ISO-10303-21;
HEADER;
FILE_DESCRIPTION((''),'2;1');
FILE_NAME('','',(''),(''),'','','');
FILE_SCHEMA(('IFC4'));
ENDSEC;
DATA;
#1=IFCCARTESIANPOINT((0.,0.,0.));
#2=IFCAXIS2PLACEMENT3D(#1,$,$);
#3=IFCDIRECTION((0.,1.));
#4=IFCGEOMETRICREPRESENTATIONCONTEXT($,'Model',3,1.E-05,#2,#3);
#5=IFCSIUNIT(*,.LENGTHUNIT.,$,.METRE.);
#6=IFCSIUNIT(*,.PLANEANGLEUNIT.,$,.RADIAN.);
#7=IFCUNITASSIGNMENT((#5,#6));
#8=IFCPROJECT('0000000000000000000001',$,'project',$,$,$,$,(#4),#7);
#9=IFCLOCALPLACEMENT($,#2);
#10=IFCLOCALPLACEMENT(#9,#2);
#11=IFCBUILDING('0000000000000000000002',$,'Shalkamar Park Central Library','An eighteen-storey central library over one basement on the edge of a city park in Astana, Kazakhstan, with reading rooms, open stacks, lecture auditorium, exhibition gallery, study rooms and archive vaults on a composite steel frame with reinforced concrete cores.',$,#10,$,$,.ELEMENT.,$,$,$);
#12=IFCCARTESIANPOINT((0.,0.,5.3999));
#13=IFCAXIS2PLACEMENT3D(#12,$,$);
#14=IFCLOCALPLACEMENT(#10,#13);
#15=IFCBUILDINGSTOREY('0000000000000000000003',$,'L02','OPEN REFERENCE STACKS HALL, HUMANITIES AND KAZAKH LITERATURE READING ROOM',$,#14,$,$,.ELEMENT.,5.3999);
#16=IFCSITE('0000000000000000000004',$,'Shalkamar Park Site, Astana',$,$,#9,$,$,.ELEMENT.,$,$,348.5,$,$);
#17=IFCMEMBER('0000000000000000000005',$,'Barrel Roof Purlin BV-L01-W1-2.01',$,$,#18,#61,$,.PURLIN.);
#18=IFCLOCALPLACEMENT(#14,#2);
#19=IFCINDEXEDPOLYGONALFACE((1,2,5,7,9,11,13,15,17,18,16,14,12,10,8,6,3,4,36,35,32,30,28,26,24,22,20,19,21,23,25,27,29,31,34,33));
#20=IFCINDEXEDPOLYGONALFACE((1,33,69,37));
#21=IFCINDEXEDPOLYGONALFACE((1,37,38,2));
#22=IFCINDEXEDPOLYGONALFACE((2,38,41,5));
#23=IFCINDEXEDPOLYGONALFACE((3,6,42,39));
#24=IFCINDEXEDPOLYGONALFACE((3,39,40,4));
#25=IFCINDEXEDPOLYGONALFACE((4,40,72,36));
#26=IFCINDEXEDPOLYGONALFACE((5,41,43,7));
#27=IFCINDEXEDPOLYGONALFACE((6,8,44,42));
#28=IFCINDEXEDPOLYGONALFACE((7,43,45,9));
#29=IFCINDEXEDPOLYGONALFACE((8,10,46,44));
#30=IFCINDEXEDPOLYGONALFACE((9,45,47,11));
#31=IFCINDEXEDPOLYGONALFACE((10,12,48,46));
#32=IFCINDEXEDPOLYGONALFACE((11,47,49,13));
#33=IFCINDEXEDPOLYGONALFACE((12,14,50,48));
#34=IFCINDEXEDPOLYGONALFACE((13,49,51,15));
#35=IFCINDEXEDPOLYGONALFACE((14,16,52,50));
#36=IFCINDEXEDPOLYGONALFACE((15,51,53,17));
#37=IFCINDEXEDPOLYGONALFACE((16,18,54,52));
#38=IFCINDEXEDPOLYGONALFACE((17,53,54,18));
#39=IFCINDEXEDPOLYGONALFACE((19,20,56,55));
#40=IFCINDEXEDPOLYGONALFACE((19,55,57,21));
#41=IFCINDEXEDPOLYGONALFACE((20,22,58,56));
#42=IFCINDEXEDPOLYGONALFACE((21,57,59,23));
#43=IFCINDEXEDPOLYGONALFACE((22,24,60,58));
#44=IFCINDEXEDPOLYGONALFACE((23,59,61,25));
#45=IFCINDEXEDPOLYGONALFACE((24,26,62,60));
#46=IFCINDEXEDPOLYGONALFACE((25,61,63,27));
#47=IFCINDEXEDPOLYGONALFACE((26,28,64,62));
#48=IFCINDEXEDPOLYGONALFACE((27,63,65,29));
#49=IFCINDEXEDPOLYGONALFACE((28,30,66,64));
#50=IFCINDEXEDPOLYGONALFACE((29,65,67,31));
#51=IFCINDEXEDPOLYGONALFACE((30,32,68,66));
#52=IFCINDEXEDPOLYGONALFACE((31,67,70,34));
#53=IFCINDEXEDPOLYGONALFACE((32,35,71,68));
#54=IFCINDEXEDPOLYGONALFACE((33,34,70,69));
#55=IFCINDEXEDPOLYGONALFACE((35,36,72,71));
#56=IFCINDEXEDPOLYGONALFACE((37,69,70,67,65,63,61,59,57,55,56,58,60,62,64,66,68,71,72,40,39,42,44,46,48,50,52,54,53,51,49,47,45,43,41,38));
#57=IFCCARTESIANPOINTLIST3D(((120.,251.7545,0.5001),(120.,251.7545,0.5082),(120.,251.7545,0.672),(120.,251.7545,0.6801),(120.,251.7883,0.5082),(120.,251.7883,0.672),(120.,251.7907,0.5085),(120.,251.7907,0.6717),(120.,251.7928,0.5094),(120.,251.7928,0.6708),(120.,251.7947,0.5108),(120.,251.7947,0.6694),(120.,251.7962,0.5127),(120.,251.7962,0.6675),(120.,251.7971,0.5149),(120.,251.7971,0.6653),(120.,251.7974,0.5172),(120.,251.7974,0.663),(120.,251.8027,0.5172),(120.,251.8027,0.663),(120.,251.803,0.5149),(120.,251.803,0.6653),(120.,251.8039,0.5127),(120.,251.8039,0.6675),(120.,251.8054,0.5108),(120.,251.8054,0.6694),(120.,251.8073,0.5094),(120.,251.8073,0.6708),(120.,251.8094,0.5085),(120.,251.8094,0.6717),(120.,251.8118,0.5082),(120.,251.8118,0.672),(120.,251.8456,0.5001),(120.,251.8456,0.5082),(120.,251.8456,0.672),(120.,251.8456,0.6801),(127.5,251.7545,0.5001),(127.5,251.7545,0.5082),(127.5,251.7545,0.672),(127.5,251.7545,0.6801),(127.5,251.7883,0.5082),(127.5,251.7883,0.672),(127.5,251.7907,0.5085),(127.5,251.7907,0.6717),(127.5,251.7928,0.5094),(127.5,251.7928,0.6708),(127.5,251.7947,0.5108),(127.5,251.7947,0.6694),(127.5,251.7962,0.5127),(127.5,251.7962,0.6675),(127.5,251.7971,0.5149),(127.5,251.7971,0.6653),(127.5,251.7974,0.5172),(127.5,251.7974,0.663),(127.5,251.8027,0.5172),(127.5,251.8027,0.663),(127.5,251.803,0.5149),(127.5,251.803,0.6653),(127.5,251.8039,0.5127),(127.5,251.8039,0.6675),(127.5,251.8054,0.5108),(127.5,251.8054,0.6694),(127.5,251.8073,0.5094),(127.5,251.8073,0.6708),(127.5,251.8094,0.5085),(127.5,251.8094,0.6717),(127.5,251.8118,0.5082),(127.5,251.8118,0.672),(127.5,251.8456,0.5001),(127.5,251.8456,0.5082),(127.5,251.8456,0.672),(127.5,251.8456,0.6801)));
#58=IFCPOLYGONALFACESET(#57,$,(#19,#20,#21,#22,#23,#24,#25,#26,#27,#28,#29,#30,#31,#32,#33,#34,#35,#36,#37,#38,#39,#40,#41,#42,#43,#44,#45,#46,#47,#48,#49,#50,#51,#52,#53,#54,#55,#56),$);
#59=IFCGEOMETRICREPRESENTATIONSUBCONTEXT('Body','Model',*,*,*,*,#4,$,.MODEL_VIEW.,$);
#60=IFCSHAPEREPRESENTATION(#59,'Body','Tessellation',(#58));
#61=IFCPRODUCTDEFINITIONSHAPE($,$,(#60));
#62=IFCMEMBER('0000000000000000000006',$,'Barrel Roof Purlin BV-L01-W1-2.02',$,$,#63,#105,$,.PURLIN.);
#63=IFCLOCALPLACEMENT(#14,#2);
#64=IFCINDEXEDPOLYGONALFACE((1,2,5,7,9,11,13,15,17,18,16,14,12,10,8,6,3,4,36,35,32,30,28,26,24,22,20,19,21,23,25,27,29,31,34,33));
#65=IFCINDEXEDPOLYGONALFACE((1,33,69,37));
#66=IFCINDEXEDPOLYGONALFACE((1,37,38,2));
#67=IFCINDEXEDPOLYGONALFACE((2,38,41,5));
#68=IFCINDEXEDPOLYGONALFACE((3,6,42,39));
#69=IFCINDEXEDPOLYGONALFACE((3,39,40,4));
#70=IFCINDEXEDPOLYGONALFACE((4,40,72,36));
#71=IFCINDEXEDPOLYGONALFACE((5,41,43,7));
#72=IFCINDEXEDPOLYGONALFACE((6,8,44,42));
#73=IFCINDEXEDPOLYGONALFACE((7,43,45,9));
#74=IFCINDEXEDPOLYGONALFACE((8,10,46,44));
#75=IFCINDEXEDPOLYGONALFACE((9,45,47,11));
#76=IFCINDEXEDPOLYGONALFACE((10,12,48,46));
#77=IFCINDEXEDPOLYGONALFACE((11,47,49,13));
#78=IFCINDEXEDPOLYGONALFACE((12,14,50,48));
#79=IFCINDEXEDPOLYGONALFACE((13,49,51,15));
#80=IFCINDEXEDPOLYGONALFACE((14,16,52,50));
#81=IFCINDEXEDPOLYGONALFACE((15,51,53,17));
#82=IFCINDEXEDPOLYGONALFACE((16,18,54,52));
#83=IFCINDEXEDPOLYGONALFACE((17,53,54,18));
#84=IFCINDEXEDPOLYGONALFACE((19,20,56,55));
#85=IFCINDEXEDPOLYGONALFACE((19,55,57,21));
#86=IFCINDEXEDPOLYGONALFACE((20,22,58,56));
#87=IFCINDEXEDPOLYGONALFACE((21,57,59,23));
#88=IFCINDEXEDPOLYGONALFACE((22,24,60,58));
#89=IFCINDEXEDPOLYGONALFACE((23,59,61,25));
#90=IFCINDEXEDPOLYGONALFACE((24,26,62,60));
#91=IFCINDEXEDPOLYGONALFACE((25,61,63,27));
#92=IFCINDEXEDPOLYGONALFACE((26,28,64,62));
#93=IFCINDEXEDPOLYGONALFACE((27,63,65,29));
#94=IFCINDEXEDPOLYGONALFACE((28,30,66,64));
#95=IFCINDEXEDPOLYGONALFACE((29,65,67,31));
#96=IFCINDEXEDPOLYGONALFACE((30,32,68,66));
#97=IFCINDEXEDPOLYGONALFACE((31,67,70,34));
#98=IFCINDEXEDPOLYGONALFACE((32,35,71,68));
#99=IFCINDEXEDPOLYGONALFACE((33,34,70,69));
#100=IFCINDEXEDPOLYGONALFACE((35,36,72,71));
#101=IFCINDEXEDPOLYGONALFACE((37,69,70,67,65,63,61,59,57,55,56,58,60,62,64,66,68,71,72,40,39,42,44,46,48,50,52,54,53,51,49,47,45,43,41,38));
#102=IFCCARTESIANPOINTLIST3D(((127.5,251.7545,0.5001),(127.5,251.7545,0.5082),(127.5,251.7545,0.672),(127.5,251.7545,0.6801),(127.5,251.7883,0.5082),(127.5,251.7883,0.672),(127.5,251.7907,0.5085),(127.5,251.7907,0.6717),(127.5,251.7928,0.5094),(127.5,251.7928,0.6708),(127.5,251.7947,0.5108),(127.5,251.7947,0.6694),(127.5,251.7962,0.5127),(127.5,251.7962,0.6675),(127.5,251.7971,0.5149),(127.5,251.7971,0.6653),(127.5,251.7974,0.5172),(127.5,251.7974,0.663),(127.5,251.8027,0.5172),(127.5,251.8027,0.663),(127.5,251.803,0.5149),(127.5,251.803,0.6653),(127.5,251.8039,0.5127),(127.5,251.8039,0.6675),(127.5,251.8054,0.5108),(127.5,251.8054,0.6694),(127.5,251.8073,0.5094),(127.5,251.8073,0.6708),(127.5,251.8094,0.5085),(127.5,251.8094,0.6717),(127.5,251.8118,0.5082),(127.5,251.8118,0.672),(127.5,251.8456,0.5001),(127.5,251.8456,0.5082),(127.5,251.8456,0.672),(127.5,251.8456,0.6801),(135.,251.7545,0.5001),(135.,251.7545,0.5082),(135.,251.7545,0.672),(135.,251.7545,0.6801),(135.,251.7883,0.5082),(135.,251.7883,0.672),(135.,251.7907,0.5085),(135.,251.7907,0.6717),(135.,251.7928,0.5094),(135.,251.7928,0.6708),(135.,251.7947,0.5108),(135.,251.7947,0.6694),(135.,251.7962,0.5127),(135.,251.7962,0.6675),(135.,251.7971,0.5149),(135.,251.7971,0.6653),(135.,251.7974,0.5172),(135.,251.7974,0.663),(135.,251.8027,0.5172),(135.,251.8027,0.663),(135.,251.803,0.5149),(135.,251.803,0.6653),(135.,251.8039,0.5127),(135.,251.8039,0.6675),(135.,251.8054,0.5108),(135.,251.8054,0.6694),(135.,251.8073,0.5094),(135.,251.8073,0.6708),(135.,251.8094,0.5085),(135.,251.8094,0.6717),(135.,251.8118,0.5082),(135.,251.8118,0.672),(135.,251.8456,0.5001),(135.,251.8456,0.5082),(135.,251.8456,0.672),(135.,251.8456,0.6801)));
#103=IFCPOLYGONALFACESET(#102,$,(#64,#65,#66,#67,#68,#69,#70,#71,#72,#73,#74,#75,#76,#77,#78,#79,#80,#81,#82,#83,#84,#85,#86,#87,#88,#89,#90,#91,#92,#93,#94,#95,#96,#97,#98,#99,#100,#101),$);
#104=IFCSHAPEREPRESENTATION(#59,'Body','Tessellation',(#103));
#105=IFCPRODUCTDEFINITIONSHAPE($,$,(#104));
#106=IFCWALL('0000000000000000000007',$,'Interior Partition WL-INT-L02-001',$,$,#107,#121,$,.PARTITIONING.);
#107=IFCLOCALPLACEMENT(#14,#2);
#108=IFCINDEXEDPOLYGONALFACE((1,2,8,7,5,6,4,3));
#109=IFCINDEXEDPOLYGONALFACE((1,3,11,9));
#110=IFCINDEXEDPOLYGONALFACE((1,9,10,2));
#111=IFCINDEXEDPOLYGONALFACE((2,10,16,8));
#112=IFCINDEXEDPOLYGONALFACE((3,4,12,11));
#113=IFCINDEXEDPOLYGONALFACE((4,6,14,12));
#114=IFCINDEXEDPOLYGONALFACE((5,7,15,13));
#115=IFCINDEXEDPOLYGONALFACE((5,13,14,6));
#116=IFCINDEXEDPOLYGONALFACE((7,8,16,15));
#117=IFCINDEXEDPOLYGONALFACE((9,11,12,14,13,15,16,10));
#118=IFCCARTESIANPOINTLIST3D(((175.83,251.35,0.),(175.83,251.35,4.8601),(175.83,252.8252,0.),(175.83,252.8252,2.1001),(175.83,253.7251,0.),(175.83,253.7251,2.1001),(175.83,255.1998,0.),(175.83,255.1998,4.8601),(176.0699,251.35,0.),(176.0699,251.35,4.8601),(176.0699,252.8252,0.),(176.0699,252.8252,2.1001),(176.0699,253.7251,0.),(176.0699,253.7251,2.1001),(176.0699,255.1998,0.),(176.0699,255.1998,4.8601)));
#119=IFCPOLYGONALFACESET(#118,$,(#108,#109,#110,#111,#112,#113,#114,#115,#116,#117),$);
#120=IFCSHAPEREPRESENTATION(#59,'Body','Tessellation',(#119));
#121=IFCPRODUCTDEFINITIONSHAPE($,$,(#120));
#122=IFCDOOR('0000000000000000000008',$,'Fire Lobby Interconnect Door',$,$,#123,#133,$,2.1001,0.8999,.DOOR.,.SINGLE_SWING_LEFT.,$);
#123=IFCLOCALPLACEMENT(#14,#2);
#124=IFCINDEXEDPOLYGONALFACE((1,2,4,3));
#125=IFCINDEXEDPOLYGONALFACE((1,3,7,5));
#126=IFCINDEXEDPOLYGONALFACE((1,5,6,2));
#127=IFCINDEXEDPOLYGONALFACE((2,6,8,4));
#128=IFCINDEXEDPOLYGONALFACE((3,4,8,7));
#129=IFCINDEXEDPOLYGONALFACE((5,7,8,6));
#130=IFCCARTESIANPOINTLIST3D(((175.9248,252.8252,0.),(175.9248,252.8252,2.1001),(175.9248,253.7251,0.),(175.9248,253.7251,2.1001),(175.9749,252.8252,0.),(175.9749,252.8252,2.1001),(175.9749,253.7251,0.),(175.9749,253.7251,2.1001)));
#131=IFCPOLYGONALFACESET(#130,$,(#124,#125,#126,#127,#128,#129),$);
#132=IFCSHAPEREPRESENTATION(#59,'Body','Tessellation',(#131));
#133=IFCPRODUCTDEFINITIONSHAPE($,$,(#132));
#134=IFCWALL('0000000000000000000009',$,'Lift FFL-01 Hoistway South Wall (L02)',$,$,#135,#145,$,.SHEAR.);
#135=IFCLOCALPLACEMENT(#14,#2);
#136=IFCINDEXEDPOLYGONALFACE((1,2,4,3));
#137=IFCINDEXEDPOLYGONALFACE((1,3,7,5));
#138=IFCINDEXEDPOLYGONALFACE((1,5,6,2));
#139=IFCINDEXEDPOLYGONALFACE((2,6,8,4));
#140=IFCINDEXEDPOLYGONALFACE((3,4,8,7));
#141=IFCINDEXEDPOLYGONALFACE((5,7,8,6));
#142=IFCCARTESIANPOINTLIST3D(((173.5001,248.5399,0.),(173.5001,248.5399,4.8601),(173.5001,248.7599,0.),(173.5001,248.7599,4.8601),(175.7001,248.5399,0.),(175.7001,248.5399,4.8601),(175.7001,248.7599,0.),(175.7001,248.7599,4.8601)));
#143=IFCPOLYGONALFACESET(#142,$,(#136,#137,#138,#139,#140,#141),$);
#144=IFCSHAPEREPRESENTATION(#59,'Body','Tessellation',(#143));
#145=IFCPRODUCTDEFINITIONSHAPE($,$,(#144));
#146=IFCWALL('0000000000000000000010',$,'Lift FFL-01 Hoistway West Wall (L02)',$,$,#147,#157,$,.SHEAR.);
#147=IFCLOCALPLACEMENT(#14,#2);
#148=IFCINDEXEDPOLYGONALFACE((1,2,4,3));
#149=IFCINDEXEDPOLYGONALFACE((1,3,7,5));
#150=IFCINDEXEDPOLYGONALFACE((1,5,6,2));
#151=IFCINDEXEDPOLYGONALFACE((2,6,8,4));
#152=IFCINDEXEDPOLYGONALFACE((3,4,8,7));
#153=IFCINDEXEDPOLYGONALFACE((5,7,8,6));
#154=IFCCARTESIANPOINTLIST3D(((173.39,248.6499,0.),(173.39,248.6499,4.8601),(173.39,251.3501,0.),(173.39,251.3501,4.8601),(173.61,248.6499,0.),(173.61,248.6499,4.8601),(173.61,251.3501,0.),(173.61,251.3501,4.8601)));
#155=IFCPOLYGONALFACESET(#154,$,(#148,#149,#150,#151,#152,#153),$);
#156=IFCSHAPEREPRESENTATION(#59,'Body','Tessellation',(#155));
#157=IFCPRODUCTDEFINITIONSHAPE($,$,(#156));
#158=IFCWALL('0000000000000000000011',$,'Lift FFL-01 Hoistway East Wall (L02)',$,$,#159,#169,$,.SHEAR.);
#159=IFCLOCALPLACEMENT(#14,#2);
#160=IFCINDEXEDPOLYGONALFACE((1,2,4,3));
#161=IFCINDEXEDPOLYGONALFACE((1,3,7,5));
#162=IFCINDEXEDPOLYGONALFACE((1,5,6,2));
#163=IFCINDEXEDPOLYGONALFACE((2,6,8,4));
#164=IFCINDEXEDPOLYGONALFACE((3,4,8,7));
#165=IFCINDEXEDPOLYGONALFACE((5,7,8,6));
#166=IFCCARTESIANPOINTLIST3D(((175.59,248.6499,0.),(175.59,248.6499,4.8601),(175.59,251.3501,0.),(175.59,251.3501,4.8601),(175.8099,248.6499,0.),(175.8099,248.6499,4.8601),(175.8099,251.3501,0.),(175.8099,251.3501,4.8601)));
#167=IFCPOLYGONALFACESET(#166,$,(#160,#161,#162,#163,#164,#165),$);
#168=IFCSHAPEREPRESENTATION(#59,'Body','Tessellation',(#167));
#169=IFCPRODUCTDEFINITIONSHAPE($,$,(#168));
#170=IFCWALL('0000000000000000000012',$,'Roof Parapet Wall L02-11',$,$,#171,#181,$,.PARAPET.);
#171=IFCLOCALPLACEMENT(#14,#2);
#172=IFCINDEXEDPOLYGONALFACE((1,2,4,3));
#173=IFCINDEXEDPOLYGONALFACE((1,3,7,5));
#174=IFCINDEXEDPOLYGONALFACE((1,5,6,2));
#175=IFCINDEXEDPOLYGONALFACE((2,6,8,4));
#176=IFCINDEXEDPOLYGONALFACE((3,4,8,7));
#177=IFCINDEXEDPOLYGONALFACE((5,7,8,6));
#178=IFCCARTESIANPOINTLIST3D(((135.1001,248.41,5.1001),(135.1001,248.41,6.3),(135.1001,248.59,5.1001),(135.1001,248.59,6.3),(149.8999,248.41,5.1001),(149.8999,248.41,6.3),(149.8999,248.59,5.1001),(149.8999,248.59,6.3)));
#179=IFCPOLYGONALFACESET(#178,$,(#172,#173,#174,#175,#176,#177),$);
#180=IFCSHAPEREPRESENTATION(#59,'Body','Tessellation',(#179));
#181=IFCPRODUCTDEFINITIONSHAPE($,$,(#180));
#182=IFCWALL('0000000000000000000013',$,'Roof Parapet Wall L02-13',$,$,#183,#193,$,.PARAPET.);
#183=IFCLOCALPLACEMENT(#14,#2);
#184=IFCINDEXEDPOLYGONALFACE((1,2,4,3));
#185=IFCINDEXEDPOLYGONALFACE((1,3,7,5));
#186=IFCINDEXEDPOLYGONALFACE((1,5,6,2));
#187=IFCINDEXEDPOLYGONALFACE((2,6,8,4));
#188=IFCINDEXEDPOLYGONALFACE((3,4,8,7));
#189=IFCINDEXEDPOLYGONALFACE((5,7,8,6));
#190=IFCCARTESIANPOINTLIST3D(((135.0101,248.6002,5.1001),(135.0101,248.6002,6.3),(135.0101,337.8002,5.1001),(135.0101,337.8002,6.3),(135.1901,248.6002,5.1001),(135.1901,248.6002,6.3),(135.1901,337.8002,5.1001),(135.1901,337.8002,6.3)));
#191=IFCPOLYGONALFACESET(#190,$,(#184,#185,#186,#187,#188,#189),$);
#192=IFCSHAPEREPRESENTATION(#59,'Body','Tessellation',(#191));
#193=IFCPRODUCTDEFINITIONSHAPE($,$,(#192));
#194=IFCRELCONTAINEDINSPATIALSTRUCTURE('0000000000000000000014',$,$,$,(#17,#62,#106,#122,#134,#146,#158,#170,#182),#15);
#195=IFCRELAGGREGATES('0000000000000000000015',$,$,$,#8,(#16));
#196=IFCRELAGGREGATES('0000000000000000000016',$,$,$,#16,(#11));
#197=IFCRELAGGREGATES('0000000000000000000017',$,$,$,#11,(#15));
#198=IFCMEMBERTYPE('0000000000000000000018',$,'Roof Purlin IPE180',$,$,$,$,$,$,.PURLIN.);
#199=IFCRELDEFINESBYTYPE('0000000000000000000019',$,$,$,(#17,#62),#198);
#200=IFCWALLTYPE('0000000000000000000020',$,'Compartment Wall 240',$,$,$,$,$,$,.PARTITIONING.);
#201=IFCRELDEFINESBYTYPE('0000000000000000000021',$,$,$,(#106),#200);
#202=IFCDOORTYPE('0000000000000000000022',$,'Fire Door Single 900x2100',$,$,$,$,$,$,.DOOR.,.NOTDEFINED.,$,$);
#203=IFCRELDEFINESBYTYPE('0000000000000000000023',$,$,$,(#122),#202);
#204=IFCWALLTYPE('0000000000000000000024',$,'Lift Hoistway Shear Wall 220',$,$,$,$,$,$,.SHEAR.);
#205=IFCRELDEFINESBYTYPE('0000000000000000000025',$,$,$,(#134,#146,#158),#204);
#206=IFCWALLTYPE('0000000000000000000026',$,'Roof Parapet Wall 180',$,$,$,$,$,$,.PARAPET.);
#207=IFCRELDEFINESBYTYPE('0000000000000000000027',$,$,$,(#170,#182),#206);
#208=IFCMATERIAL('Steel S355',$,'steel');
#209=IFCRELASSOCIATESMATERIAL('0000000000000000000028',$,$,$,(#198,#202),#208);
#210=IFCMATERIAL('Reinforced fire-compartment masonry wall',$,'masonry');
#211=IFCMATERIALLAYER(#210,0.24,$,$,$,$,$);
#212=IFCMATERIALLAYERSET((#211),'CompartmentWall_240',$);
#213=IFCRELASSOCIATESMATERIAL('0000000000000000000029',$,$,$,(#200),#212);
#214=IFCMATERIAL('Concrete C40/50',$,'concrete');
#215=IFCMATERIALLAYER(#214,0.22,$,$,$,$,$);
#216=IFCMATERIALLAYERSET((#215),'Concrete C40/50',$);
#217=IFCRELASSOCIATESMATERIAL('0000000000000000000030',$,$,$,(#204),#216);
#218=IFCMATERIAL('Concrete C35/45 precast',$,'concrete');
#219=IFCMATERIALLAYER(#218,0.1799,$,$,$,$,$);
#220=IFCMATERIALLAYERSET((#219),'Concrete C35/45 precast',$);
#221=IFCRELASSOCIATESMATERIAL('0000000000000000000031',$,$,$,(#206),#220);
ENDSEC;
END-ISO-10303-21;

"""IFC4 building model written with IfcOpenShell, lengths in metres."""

from ifc_helpers import new_model, si_unit, direction, frame, frame_2d, origin, origin_2d, place, context, subcontext, project, spatial, rectangle, i_section, extrude, material, layer, layer_set, material_profile, profile_set, type_object, element, fill, save


model = new_model("IFC4")

# Units and contexts
model_context = context("Model", 3, precision=1e-05, world=origin(), true_north=direction((0.0, 1.0)))
body_context = subcontext(model_context, "Body", "Model", "MODEL_VIEW")
ifc_project = project(units=[si_unit("LENGTHUNIT", "METRE"), si_unit("PLANEANGLEUNIT", "RADIAN")], contexts=[model_context])

# Site, building, storey
site_placement = place(None, origin())
site = spatial("IfcSite", under=ifc_project, at=site_placement, Name="Shalkamar Park Site, Astana", CompositionType="ELEMENT", RefElevation=348.5)
building_placement = place(site_placement, origin())
building = spatial("IfcBuilding", under=site, at=building_placement, Name="Shalkamar Park Central Library", Description="An eighteen-storey central library over one basement on the edge of a city park in Astana, Kazakhstan, with reading rooms, open stacks, lecture auditorium, exhibition gallery, study rooms and archive vaults on a composite steel frame with reinforced concrete cores.", CompositionType="ELEMENT")
storey_placement = place(building_placement, frame((0.0, 0.0, 5.3999)))
storey = spatial("IfcBuildingStorey", under=building, at=storey_placement, Name="L02", Description="OPEN REFERENCE STACKS HALL, HUMANITIES AND KAZAKH LITERATURE READING ROOM", CompositionType="ELEMENT", Elevation=5.3999)

# Shared definitions
ifc_material_1 = material(Name="Steel S355", Category="steel")

# Members
ifc_material_profile_1 = material_profile(ifc_material_1, i_section(OverallWidth=0.0911, OverallDepth=0.1799, WebThickness=0.0054, FlangeThickness=0.0081, FilletRadius=0.009, at=origin_2d()), Name="IPE 180")
ifc_profile_set_1 = profile_set([ifc_material_profile_1], Name="Steel S355")
member_type_1 = type_object("IfcMemberType", Name="Roof Purlin IPE180", PredefinedType="PURLIN", material=ifc_profile_set_1)
for number, where, z_axis, x_axis, name in (
    (1, (120.0, 251.8, 0.5901), (1.0, 0.0, 0.0), (0.0, 1.0, 0.0), "Barrel Roof Purlin BV-L01-W1-2.01"),
    (2, (127.5, 251.8, 0.5901), (1.0, 0.0, 0.0), (0.0, 1.0, 0.0), "Barrel Roof Purlin BV-L01-W1-2.02"),
):
    element("IfcMember", number, at=place(storey_placement, frame(where, z_axis=z_axis, x_axis=x_axis)), inside=storey, type_object=member_type_1, Name=name, PredefinedType="PURLIN", context=body_context, shape_type="SweptSolid", body=[
        extrude(i_section(OverallWidth=0.0911, OverallDepth=0.1799, WebThickness=0.0054, FlangeThickness=0.0081, FilletRadius=0.009, at=origin_2d()), origin(), (0.0, 0.0, 1.0), 7.5),
    ])

# Wall, opening, door
ifc_material_2 = material(Name="Reinforced fire-compartment masonry wall", Category="masonry")
ifc_layer_1 = layer(ifc_material_2, 0.24)
ifc_layer_set_1 = layer_set([ifc_layer_1], Name="CompartmentWall_240")
wall_type_1 = type_object("IfcWallType", Name="Compartment Wall 240", PredefinedType="PARTITIONING", material=ifc_layer_set_1)
wall_1_placement = place(storey_placement, frame((175.95, 251.3501, 0.0), z_axis=(0.0, 0.0, 1.0), x_axis=(0.0, 1.0, 0.0)))
wall_1 = element("IfcWall", 3, at=wall_1_placement, inside=storey, type_object=wall_type_1, Name="Interior Partition WL-INT-L02-001", PredefinedType="PARTITIONING", context=body_context, shape_type="SweptSolid", body=[
    extrude(rectangle(XDim=3.8499, YDim=0.24, at=frame_2d((1.9248, 0.0))), origin(), (0.0, 0.0, 1.0), 4.8601),
])
opening_1_placement = place(wall_1_placement, frame((1.4751, 0.0, 0.0)))
opening_1 = element("IfcOpeningElement", 4, at=opening_1_placement, cuts=wall_1, PredefinedType="OPENING", context=body_context, shape_type="SweptSolid", body=[
    extrude(rectangle(XDim=0.8999, YDim=2.1001, at=frame_2d((0.45, 1.05))), frame((0.0, 0.1348, 0.0), z_axis=(0.0, -1.0, 0.0), x_axis=(1.0, 0.0, 0.0)), (0.0, 0.0, 1.0), 0.2698),
])
door_type_1 = type_object("IfcDoorType", Name="Fire Door Single 900x2100", OperationType="NOTDEFINED", PredefinedType="DOOR", material=ifc_material_1)
door_1_placement = place(opening_1_placement, frame((0.8999, 0.0, 0.0), z_axis=(0.0, 0.0, 1.0), x_axis=(-1.0, 0.0, 0.0)))
door_1 = element("IfcDoor", 5, at=door_1_placement, inside=storey, type_object=door_type_1, Name="Fire Lobby Interconnect Door", OperationType="SINGLE_SWING_LEFT", OverallHeight=2.1001, OverallWidth=0.8999, PredefinedType="DOOR", context=body_context, shape_type="SweptSolid", body=[
    extrude(rectangle(XDim=0.8999, YDim=2.1001, at=frame_2d((0.45, 1.05))), frame((0.0, 0.0249, 0.0), z_axis=(0.0, -1.0, 0.0), x_axis=(1.0, 0.0, 0.0)), (0.0, 0.0, 1.0), 0.05),
])
fill(opening_1, door_1)

# Walls
ifc_material_3 = material(Name="Concrete C40/50", Category="concrete")
ifc_layer_2 = layer(ifc_material_3, 0.22)
ifc_layer_set_2 = layer_set([ifc_layer_2], Name="Concrete C40/50")
wall_type_2 = type_object("IfcWallType", Name="Lift Hoistway Shear Wall 220", PredefinedType="SHEAR", material=ifc_layer_set_2)
wall_2_placement = place(storey_placement, frame((173.5, 248.6499, 0.0), z_axis=(0.0, 0.0, 1.0), x_axis=(1.0, 0.0, 0.0)))
element("IfcWall", 6, at=wall_2_placement, inside=storey, type_object=wall_type_2, Name="Lift FFL-01 Hoistway South Wall (L02)", PredefinedType="SHEAR", context=body_context, shape_type="SweptSolid", body=[
    extrude(rectangle(XDim=2.2, YDim=0.22, at=frame_2d((1.1001, 0.0))), origin(), (0.0, 0.0, 1.0), 4.8601),
])
for number, where, z_axis, x_axis, name in (
    (7, (173.5, 248.6499, 0.0), (0.0, 0.0, 1.0), (0.0, 1.0, 0.0), "Lift FFL-01 Hoistway West Wall (L02)"),
    (8, (175.7, 248.6499, 0.0), (0.0, 0.0, 1.0), (0.0, 1.0, 0.0), "Lift FFL-01 Hoistway East Wall (L02)"),
):
    element("IfcWall", number, at=place(storey_placement, frame(where, z_axis=z_axis, x_axis=x_axis)), inside=storey, type_object=wall_type_2, Name=name, PredefinedType="SHEAR", context=body_context, shape_type="SweptSolid", body=[
        extrude(rectangle(XDim=2.7002, YDim=0.22, at=frame_2d((1.3501, 0.0))), origin(), (0.0, 0.0, 1.0), 4.8601),
    ])

# Walls
ifc_material_4 = material(Name="Concrete C35/45 precast", Category="concrete")
ifc_layer_3 = layer(ifc_material_4, 0.1799)
ifc_layer_set_3 = layer_set([ifc_layer_3], Name="Concrete C35/45 precast")
wall_type_3 = type_object("IfcWallType", Name="Roof Parapet Wall 180", PredefinedType="PARAPET", material=ifc_layer_set_3)
wall_3_placement = place(storey_placement, frame((135.1001, 248.5, 5.1001), z_axis=(0.0, 0.0, 1.0), x_axis=(1.0, 0.0, 0.0)))
element("IfcWall", 9, at=wall_3_placement, inside=storey, type_object=wall_type_3, Name="Roof Parapet Wall L02-11", PredefinedType="PARAPET", context=body_context, shape_type="SweptSolid", body=[
    extrude(rectangle(XDim=14.7998, YDim=0.1799, at=frame_2d((7.3999, 0.0))), origin(), (0.0, 0.0, 1.0), 1.2),
])
wall_4_placement = place(storey_placement, frame((135.1001, 248.6001, 5.1001), z_axis=(0.0, 0.0, 1.0), x_axis=(0.0, 1.0, 0.0)))
element("IfcWall", 10, at=wall_4_placement, inside=storey, type_object=wall_type_3, Name="Roof Parapet Wall L02-13", PredefinedType="PARAPET", context=body_context, shape_type="SweptSolid", body=[
    extrude(rectangle(XDim=89.2, YDim=0.1799, at=frame_2d((44.6001, 0.0))), origin(), (0.0, 0.0, 1.0), 1.2),
])

save(model, "model.ifc")
